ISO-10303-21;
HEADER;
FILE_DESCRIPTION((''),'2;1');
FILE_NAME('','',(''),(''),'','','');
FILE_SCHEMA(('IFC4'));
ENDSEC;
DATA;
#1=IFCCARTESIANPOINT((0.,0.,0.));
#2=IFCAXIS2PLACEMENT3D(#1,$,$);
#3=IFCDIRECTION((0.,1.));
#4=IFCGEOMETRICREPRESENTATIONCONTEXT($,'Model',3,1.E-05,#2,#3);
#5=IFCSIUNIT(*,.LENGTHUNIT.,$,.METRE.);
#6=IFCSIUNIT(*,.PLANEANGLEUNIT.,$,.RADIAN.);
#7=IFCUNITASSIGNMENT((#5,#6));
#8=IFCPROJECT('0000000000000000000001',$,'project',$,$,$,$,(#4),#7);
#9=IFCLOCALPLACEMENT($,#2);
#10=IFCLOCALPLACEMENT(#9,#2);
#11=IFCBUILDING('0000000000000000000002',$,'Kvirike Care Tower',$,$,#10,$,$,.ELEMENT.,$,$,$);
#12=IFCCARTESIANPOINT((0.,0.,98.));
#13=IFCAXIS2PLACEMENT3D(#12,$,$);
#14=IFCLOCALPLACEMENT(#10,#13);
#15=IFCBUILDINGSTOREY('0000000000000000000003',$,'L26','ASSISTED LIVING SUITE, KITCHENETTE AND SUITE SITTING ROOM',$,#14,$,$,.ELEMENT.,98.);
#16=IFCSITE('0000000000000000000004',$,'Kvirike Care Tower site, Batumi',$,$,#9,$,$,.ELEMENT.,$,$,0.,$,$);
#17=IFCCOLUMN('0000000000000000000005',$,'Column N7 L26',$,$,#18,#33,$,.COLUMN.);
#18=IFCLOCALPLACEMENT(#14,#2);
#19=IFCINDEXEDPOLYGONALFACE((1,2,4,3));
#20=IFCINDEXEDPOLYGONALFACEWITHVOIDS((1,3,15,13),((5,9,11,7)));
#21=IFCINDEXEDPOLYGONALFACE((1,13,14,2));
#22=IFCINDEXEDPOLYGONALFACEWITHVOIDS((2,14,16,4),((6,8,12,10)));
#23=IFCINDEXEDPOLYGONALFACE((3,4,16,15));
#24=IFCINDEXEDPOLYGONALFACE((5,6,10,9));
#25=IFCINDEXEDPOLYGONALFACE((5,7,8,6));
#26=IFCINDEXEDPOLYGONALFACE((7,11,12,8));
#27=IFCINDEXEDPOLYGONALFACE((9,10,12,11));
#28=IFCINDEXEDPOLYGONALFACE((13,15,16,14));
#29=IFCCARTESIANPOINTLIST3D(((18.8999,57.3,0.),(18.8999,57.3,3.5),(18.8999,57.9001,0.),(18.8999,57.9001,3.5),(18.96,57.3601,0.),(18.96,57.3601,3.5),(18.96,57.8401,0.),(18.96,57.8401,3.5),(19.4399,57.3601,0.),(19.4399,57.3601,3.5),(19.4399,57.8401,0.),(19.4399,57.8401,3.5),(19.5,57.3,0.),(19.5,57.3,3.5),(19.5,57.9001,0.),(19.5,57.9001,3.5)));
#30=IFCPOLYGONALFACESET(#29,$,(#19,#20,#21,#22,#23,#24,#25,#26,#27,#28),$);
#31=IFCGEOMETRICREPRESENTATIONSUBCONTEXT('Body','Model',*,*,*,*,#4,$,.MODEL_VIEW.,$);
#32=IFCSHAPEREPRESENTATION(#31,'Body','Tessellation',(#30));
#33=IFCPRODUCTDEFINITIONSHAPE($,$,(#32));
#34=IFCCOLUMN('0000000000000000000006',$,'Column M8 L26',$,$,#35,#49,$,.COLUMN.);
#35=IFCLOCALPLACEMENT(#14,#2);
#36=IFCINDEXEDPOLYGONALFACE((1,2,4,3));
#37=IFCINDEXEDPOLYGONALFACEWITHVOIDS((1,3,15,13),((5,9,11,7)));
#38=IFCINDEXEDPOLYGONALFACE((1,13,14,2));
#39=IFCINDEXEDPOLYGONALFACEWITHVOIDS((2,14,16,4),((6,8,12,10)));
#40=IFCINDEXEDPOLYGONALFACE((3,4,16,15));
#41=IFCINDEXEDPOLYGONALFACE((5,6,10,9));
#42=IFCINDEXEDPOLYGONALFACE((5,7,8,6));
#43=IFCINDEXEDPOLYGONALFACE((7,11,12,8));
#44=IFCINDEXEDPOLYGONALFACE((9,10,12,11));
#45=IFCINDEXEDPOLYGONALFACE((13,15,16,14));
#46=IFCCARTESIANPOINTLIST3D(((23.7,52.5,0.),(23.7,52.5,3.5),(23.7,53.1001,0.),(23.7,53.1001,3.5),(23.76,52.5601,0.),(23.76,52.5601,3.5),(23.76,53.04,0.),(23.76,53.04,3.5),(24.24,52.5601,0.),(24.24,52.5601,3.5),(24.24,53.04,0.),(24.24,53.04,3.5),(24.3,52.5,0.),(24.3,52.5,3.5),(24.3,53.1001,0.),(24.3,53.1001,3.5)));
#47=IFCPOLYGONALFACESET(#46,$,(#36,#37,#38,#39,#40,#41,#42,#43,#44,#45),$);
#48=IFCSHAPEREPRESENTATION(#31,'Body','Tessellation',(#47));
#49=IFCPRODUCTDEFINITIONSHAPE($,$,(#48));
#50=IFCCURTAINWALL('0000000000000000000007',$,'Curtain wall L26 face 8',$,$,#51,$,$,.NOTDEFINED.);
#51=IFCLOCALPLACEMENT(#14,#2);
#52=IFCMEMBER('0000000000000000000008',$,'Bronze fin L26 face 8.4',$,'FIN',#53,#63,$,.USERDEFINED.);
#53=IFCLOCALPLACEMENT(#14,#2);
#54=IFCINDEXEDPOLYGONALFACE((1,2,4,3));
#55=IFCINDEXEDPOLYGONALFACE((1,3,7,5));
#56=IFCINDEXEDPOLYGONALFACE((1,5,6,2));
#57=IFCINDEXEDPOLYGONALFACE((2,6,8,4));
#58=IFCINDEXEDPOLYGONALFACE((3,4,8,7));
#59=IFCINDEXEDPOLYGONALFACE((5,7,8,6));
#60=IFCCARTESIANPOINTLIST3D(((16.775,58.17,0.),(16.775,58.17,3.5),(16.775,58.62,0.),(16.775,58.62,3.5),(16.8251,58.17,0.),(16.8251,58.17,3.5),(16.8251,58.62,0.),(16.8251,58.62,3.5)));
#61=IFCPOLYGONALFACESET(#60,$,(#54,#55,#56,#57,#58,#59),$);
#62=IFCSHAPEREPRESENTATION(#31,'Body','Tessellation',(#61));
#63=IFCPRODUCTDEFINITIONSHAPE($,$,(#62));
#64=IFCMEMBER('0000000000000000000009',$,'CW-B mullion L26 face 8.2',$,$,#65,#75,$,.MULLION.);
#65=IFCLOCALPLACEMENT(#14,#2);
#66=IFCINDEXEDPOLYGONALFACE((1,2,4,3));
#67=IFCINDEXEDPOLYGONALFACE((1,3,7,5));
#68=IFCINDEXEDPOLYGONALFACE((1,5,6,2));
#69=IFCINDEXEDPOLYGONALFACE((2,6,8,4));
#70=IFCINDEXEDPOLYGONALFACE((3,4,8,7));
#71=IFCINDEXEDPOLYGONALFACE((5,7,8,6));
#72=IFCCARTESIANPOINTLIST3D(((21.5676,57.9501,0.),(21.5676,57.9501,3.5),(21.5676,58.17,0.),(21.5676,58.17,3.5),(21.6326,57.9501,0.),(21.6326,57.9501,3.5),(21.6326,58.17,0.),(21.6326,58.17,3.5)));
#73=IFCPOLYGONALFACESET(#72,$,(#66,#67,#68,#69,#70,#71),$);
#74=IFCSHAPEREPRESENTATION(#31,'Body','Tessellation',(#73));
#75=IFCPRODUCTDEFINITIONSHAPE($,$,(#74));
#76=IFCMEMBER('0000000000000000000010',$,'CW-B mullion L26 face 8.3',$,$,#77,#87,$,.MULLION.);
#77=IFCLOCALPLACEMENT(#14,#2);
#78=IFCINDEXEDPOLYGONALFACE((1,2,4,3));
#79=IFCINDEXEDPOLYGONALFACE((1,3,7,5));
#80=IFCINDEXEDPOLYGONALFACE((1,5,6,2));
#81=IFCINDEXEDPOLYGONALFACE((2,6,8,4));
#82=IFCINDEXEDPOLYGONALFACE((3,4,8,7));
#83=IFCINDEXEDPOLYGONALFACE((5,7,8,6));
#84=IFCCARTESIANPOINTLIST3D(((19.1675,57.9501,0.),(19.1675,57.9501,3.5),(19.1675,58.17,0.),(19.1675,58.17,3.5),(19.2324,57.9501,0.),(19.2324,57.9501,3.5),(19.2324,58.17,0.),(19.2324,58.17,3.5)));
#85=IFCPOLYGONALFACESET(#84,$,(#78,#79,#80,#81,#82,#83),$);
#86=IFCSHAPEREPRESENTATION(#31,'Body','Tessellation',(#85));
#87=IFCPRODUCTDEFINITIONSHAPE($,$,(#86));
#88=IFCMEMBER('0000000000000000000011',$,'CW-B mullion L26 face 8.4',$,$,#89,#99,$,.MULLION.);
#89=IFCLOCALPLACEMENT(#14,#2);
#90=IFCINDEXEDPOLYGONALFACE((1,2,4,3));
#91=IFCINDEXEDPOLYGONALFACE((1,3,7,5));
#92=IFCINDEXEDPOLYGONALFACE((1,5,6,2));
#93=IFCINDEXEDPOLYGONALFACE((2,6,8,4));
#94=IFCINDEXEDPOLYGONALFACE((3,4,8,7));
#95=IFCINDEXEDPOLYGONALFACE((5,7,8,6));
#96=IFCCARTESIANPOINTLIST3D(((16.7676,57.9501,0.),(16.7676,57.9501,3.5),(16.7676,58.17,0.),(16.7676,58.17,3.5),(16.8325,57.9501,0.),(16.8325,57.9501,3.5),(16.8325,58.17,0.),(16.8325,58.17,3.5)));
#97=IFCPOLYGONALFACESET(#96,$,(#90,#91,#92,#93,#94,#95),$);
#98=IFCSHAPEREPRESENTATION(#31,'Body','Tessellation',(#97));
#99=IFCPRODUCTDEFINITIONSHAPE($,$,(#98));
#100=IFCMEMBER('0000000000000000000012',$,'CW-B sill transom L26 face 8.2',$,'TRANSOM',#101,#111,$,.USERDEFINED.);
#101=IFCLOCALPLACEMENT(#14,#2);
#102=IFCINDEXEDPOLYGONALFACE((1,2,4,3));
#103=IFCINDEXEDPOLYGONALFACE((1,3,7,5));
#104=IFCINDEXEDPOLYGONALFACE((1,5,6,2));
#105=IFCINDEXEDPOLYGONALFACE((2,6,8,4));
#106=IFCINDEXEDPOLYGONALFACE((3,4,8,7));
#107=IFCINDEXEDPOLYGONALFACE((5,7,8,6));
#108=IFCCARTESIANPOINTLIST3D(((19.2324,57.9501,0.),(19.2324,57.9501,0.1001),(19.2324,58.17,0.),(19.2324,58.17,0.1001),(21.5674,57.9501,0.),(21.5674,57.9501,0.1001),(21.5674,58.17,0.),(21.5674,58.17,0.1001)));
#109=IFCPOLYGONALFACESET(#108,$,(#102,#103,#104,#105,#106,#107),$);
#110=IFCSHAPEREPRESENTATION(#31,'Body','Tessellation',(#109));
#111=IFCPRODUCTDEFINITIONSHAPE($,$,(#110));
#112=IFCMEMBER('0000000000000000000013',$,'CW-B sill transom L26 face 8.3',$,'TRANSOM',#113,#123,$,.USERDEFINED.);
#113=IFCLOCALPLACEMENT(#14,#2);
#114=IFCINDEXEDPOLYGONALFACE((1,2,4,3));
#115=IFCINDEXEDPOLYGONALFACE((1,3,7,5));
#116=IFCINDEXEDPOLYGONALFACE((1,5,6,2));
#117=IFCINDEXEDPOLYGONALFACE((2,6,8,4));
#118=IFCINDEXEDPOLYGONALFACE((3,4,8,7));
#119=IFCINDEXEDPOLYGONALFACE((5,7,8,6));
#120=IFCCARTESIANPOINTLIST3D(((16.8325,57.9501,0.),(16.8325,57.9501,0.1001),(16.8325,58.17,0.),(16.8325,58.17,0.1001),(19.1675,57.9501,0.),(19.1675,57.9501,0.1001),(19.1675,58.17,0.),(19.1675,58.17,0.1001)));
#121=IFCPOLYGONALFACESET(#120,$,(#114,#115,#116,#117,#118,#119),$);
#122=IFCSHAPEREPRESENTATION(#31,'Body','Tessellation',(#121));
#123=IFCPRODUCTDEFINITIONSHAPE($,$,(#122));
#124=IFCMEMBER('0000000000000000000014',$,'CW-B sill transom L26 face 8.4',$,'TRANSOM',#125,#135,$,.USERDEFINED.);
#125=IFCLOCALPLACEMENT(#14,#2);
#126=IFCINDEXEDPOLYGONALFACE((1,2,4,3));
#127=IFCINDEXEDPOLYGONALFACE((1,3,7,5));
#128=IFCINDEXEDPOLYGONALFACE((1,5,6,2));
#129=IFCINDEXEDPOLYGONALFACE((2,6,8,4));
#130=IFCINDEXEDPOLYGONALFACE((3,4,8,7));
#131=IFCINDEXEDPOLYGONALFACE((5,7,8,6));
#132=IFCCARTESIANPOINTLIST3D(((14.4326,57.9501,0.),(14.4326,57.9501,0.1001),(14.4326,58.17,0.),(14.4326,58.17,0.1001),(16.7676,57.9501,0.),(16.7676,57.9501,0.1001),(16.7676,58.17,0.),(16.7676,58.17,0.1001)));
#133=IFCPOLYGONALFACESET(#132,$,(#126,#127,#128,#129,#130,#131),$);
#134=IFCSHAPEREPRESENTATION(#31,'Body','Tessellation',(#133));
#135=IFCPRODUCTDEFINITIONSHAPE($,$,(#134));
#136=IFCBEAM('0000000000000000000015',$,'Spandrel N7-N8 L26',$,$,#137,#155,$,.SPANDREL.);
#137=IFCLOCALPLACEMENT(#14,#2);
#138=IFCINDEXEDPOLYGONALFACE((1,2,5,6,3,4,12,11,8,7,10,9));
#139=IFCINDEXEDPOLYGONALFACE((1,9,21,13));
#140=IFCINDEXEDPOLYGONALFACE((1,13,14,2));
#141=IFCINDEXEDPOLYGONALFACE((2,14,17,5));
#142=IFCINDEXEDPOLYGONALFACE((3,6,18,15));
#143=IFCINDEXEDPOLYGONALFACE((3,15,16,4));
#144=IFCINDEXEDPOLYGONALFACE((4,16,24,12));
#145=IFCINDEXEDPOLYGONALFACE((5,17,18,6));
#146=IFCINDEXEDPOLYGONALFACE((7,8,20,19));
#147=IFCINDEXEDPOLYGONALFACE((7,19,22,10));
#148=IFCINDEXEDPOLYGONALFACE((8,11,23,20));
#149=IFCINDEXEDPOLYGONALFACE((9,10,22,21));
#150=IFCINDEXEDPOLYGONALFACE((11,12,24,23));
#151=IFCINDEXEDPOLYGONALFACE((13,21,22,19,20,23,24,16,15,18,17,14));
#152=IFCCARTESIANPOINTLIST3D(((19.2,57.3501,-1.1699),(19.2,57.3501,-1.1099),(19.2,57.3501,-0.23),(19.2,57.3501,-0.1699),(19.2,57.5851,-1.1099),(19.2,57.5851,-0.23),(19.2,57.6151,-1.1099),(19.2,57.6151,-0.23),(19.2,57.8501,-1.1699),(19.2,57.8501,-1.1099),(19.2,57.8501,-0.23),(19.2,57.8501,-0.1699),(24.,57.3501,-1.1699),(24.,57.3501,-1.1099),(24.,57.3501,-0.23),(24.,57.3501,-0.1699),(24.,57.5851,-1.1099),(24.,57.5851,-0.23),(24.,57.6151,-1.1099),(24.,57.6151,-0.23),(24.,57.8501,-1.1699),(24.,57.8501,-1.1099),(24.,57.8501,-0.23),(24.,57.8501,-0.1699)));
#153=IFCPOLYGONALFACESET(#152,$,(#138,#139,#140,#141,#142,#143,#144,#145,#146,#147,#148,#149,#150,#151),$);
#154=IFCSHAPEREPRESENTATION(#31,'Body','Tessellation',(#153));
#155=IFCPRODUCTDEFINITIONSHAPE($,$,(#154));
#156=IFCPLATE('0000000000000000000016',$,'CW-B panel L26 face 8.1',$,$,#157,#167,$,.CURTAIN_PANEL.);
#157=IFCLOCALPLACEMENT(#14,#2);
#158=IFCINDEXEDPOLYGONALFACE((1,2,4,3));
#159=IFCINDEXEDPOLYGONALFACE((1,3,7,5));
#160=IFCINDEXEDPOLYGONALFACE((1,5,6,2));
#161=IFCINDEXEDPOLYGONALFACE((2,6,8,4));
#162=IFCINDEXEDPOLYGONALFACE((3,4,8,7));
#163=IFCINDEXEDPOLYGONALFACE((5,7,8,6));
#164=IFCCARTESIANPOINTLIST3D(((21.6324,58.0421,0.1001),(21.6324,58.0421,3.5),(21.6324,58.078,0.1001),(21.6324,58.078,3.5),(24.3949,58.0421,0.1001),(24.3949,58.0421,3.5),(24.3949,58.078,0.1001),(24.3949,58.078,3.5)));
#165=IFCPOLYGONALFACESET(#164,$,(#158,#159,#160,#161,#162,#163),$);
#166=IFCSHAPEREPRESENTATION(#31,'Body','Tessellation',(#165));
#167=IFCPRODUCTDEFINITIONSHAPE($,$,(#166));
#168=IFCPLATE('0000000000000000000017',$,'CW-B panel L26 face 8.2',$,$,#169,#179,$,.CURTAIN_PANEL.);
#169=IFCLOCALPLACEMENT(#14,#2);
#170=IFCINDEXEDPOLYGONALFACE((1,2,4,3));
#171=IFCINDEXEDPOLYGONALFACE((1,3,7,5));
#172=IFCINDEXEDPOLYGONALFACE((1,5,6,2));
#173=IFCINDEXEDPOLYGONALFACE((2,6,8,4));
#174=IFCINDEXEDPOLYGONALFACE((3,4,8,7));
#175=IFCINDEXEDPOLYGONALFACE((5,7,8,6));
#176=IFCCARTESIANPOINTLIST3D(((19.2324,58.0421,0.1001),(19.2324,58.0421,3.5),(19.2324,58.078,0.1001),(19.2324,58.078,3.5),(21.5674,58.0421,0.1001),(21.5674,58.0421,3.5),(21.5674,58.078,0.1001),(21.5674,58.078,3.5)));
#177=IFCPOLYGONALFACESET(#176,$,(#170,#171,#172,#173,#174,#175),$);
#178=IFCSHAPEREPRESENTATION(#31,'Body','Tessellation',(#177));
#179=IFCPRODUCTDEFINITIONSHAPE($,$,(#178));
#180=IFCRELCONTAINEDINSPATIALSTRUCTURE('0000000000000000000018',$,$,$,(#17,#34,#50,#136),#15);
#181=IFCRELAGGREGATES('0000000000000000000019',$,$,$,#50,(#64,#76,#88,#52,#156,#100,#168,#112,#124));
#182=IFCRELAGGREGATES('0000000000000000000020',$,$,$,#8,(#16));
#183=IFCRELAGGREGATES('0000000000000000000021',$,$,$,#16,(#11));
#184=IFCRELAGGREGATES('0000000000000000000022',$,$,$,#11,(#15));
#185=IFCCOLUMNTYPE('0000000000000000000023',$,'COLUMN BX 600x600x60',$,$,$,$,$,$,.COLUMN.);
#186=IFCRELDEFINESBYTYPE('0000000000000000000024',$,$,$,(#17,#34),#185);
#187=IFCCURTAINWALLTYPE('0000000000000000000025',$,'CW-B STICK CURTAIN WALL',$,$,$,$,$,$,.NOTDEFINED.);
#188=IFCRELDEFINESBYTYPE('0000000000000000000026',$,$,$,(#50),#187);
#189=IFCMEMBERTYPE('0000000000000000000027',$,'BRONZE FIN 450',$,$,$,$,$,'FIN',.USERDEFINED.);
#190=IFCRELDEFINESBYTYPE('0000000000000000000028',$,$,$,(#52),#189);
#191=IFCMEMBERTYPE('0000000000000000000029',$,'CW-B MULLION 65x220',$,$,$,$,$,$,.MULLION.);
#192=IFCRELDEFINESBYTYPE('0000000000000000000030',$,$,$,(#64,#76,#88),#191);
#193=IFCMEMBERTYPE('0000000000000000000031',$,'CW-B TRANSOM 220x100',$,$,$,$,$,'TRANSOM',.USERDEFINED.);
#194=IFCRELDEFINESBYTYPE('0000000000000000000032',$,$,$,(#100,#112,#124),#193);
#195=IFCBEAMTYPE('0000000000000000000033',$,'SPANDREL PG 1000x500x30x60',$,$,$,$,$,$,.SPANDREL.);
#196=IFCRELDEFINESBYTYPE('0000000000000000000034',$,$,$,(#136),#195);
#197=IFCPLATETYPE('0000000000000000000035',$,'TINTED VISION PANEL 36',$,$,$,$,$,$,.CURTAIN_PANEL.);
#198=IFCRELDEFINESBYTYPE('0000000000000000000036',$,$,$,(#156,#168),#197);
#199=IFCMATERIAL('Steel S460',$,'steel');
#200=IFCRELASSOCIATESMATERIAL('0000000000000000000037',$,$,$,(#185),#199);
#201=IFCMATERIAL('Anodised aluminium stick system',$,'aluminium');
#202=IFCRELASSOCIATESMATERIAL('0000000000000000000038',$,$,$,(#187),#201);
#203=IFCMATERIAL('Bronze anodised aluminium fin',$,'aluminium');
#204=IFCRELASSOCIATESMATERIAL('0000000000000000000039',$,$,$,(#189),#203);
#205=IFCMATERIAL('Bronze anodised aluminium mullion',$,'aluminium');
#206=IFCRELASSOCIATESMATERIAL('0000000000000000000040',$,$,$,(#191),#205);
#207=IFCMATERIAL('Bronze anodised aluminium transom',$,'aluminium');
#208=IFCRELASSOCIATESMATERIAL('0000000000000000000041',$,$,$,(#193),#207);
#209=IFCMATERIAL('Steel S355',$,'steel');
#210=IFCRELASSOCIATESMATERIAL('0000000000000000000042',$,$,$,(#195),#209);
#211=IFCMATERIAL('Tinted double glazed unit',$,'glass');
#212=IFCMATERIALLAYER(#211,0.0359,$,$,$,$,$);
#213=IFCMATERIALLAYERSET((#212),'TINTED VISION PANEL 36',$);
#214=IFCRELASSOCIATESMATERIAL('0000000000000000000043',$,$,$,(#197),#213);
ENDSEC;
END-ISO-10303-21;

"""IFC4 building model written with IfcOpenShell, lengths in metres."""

from ifc_helpers import new_model, si_unit, direction, frame, origin, origin_2d, place, context, subcontext, project, spatial, rectangle, hollow_rectangle, i_section, extrude, material, layer, layer_set, material_profile, profile_set, type_object, element, aggregate, save


model = new_model("IFC4")

# Units and contexts
model_context = context("Model", 3, precision=1e-05, world=origin(), true_north=direction((0.0, 1.0)))
body_context = subcontext(model_context, "Body", "Model", "MODEL_VIEW")
ifc_project = project(units=[si_unit("LENGTHUNIT", "METRE"), si_unit("PLANEANGLEUNIT", "RADIAN")], contexts=[model_context])

# Site, building, storey
site_placement = place(None, origin())
site = spatial("IfcSite", under=ifc_project, at=site_placement, Name="Kvirike Care Tower site, Batumi", CompositionType="ELEMENT", RefElevation=0.0)
building_placement = place(site_placement, origin())
building = spatial("IfcBuilding", under=site, at=building_placement, Name="Kvirike Care Tower", CompositionType="ELEMENT")
storey_placement = place(building_placement, frame((0.0, 0.0, 98.0)))
storey = spatial("IfcBuildingStorey", under=building, at=storey_placement, Name="L26", Description="ASSISTED LIVING SUITE, KITCHENETTE AND SUITE SITTING ROOM", CompositionType="ELEMENT", Elevation=98.0)

# Columns
ifc_material_1 = material(Name="Steel S460", Category="steel")
ifc_material_profile_1 = material_profile(ifc_material_1, hollow_rectangle(XDim=0.6001, YDim=0.6001, WallThickness=0.0601, at=origin_2d()), Name="BX 600x600x60")
ifc_profile_set_1 = profile_set([ifc_material_profile_1], Name="Steel S460")
column_type = type_object("IfcColumnType", Name="COLUMN BX 600x600x60", PredefinedType="COLUMN", material=ifc_profile_set_1)
for number, where, z_axis, x_axis, name in (
    (1, (19.2, 57.6001, 0.0), (0.0, 0.0, 1.0), (0.0, 1.0, 0.0), "Column N7 L26"),
    (2, (24.0, 52.8, 0.0), (0.0, 0.0, 1.0), (0.0, 1.0, 0.0), "Column M8 L26"),
):
    element("IfcColumn", number, at=place(storey_placement, frame(where, z_axis=z_axis, x_axis=x_axis)), inside=storey, type_object=column_type, Name=name, PredefinedType="COLUMN", context=body_context, shape_type="SweptSolid", body=[
        extrude(hollow_rectangle(XDim=0.6001, YDim=0.6001, WallThickness=0.0601, at=origin_2d()), origin(), (0.0, 0.0, 1.0), 3.5),
    ])

# Curtain wall, members
ifc_material_2 = material(Name="Anodised aluminium stick system", Category="aluminium")
curtain_wall_type = type_object("IfcCurtainWallType", Name="CW-B STICK CURTAIN WALL", PredefinedType="NOTDEFINED", material=ifc_material_2)
curtain_wall_placement = place(storey_placement, origin())
curtain_wall = element("IfcCurtainWall", 3, at=curtain_wall_placement, inside=storey, type_object=curtain_wall_type, Name="Curtain wall L26 face 8", PredefinedType="NOTDEFINED")
ifc_material_3 = material(Name="Bronze anodised aluminium fin", Category="aluminium")
ifc_material_profile_2 = material_profile(ifc_material_3, rectangle(XDim=0.05, YDim=0.45, at=origin_2d()), Name="BRONZE FIN 450")
ifc_profile_set_2 = profile_set([ifc_material_profile_2], Name="Bronze anodised aluminium fin")
member_type_1 = type_object("IfcMemberType", Name="BRONZE FIN 450", ElementType="FIN", PredefinedType="USERDEFINED", material=ifc_profile_set_2)
member_1_placement = place(storey_placement, frame((16.8, 58.395, 0.0), z_axis=(0.0, 0.0, 1.0), x_axis=(-1.0, 0.0, 0.0)))
member_1 = element("IfcMember", 4, at=member_1_placement, type_object=member_type_1, Name="Bronze fin L26 face 8.4", ObjectType="FIN", PredefinedType="USERDEFINED", context=body_context, shape_type="SweptSolid", body=[
    extrude(rectangle(XDim=0.05, YDim=0.45, at=origin_2d()), origin(), (0.0, 0.0, 1.0), 3.5),
])
ifc_material_4 = material(Name="Bronze anodised aluminium mullion", Category="aluminium")
ifc_material_profile_3 = material_profile(ifc_material_4, rectangle(XDim=0.0649, YDim=0.22, at=origin_2d()), Name="CW-B MULLION 65x220")
ifc_profile_set_3 = profile_set([ifc_material_profile_3], Name="Bronze anodised aluminium mullion")
member_type_2 = type_object("IfcMemberType", Name="CW-B MULLION 65x220", PredefinedType="MULLION", material=ifc_profile_set_3)
member_2_placement = place(storey_placement, frame((21.6001, 58.0601, 0.0), z_axis=(0.0, 0.0, 1.0), x_axis=(-1.0, 0.0, 0.0)))
member_2 = element("IfcMember", 5, at=member_2_placement, type_object=member_type_2, Name="CW-B mullion L26 face 8.2", PredefinedType="MULLION", context=body_context, shape_type="SweptSolid", body=[
    extrude(rectangle(XDim=0.0649, YDim=0.22, at=origin_2d()), origin(), (0.0, 0.0, 1.0), 3.5),
])
member_3_placement = place(storey_placement, frame((19.2, 58.0601, 0.0), z_axis=(0.0, 0.0, 1.0), x_axis=(-1.0, 0.0, 0.0)))
member_3 = element("IfcMember", 6, at=member_3_placement, type_object=member_type_2, Name="CW-B mullion L26 face 8.3", PredefinedType="MULLION", context=body_context, shape_type="SweptSolid", body=[
    extrude(rectangle(XDim=0.0649, YDim=0.22, at=origin_2d()), origin(), (0.0, 0.0, 1.0), 3.5),
])
member_4_placement = place(storey_placement, frame((16.8, 58.0601, 0.0), z_axis=(0.0, 0.0, 1.0), x_axis=(-1.0, 0.0, 0.0)))
member_4 = element("IfcMember", 7, at=member_4_placement, type_object=member_type_2, Name="CW-B mullion L26 face 8.4", PredefinedType="MULLION", context=body_context, shape_type="SweptSolid", body=[
    extrude(rectangle(XDim=0.0649, YDim=0.22, at=origin_2d()), origin(), (0.0, 0.0, 1.0), 3.5),
])
ifc_material_5 = material(Name="Bronze anodised aluminium transom", Category="aluminium")
ifc_material_profile_4 = material_profile(ifc_material_5, rectangle(XDim=0.22, YDim=0.1001, at=origin_2d()), Name="CW-B TRANSOM 220x100")
ifc_profile_set_4 = profile_set([ifc_material_profile_4], Name="Bronze anodised aluminium transom")
member_type_3 = type_object("IfcMemberType", Name="CW-B TRANSOM 220x100", ElementType="TRANSOM", PredefinedType="USERDEFINED", material=ifc_profile_set_4)
member_5_placement = place(storey_placement, frame((21.5674, 58.0601, 0.05), z_axis=(-1.0, 0.0, 0.0), x_axis=(0.0, -1.0, 0.0)))
member_5 = element("IfcMember", 8, at=member_5_placement, type_object=member_type_3, Name="CW-B sill transom L26 face 8.2", ObjectType="TRANSOM", PredefinedType="USERDEFINED", context=body_context, shape_type="SweptSolid", body=[
    extrude(rectangle(XDim=0.22, YDim=0.1001, at=origin_2d()), origin(), (0.0, 0.0, 1.0), 2.335),
])
member_6_placement = place(storey_placement, frame((19.1675, 58.0601, 0.05), z_axis=(-1.0, 0.0, 0.0), x_axis=(0.0, -1.0, 0.0)))
member_6 = element("IfcMember", 9, at=member_6_placement, type_object=member_type_3, Name="CW-B sill transom L26 face 8.3", ObjectType="TRANSOM", PredefinedType="USERDEFINED", context=body_context, shape_type="SweptSolid", body=[
    extrude(rectangle(XDim=0.22, YDim=0.1001, at=origin_2d()), origin(), (0.0, 0.0, 1.0), 2.335),
])
member_7_placement = place(storey_placement, frame((16.7676, 58.0601, 0.05), z_axis=(-1.0, 0.0, 0.0), x_axis=(0.0, -1.0, 0.0)))
member_7 = element("IfcMember", 10, at=member_7_placement, type_object=member_type_3, Name="CW-B sill transom L26 face 8.4", ObjectType="TRANSOM", PredefinedType="USERDEFINED", context=body_context, shape_type="SweptSolid", body=[
    extrude(rectangle(XDim=0.22, YDim=0.1001, at=origin_2d()), origin(), (0.0, 0.0, 1.0), 2.335),
])

# Beam
ifc_material_6 = material(Name="Steel S355", Category="steel")
ifc_material_profile_5 = material_profile(ifc_material_6, i_section(OverallWidth=0.5, OverallDepth=1.0, WebThickness=0.03, FlangeThickness=0.0601, at=origin_2d()), Name="PG 1000x500x30x60")
ifc_profile_set_5 = profile_set([ifc_material_profile_5], Name="Steel S355")
beam_type = type_object("IfcBeamType", Name="SPANDREL PG 1000x500x30x60", PredefinedType="SPANDREL", material=ifc_profile_set_5)
beam_placement = place(storey_placement, frame((19.2, 57.6001, -0.6699), z_axis=(1.0, 0.0, 0.0), x_axis=(0.0, 1.0, 0.0)))
element("IfcBeam", 11, at=beam_placement, inside=storey, type_object=beam_type, Name="Spandrel N7-N8 L26", PredefinedType="SPANDREL", context=body_context, shape_type="SweptSolid", body=[
    extrude(i_section(OverallWidth=0.5, OverallDepth=1.0, WebThickness=0.03, FlangeThickness=0.0601, at=origin_2d()), origin(), (0.0, 0.0, 1.0), 4.8),
])

# Plates
ifc_material_7 = material(Name="Tinted double glazed unit", Category="glass")
ifc_layer_1 = layer(ifc_material_7, 0.0359)
ifc_layer_set_1 = layer_set([ifc_layer_1], Name="TINTED VISION PANEL 36")
plate_type = type_object("IfcPlateType", Name="TINTED VISION PANEL 36", PredefinedType="CURTAIN_PANEL", material=ifc_layer_set_1)
plate_1_placement = place(storey_placement, frame((23.0137, 58.0601, 0.1001), z_axis=(0.0, 0.0, 1.0), x_axis=(-1.0, 0.0, 0.0)))
plate_1 = element("IfcPlate", 12, at=plate_1_placement, type_object=plate_type, Name="CW-B panel L26 face 8.1", PredefinedType="CURTAIN_PANEL", context=body_context, shape_type="SweptSolid", body=[
    extrude(rectangle(XDim=2.7625, YDim=0.0359, at=origin_2d()), origin(), (0.0, 0.0, 1.0), 3.3999),
])
plate_2_placement = place(storey_placement, frame((20.3999, 58.0601, 0.1001), z_axis=(0.0, 0.0, 1.0), x_axis=(-1.0, 0.0, 0.0)))
plate_2 = element("IfcPlate", 13, at=plate_2_placement, type_object=plate_type, Name="CW-B panel L26 face 8.2", PredefinedType="CURTAIN_PANEL", context=body_context, shape_type="SweptSolid", body=[
    extrude(rectangle(XDim=2.335, YDim=0.0359, at=origin_2d()), origin(), (0.0, 0.0, 1.0), 3.3999),
])
aggregate(curtain_wall, [member_2, member_3, member_4, member_1, plate_1, member_5, plate_2, member_6, member_7])

save(model, "model.ifc")
